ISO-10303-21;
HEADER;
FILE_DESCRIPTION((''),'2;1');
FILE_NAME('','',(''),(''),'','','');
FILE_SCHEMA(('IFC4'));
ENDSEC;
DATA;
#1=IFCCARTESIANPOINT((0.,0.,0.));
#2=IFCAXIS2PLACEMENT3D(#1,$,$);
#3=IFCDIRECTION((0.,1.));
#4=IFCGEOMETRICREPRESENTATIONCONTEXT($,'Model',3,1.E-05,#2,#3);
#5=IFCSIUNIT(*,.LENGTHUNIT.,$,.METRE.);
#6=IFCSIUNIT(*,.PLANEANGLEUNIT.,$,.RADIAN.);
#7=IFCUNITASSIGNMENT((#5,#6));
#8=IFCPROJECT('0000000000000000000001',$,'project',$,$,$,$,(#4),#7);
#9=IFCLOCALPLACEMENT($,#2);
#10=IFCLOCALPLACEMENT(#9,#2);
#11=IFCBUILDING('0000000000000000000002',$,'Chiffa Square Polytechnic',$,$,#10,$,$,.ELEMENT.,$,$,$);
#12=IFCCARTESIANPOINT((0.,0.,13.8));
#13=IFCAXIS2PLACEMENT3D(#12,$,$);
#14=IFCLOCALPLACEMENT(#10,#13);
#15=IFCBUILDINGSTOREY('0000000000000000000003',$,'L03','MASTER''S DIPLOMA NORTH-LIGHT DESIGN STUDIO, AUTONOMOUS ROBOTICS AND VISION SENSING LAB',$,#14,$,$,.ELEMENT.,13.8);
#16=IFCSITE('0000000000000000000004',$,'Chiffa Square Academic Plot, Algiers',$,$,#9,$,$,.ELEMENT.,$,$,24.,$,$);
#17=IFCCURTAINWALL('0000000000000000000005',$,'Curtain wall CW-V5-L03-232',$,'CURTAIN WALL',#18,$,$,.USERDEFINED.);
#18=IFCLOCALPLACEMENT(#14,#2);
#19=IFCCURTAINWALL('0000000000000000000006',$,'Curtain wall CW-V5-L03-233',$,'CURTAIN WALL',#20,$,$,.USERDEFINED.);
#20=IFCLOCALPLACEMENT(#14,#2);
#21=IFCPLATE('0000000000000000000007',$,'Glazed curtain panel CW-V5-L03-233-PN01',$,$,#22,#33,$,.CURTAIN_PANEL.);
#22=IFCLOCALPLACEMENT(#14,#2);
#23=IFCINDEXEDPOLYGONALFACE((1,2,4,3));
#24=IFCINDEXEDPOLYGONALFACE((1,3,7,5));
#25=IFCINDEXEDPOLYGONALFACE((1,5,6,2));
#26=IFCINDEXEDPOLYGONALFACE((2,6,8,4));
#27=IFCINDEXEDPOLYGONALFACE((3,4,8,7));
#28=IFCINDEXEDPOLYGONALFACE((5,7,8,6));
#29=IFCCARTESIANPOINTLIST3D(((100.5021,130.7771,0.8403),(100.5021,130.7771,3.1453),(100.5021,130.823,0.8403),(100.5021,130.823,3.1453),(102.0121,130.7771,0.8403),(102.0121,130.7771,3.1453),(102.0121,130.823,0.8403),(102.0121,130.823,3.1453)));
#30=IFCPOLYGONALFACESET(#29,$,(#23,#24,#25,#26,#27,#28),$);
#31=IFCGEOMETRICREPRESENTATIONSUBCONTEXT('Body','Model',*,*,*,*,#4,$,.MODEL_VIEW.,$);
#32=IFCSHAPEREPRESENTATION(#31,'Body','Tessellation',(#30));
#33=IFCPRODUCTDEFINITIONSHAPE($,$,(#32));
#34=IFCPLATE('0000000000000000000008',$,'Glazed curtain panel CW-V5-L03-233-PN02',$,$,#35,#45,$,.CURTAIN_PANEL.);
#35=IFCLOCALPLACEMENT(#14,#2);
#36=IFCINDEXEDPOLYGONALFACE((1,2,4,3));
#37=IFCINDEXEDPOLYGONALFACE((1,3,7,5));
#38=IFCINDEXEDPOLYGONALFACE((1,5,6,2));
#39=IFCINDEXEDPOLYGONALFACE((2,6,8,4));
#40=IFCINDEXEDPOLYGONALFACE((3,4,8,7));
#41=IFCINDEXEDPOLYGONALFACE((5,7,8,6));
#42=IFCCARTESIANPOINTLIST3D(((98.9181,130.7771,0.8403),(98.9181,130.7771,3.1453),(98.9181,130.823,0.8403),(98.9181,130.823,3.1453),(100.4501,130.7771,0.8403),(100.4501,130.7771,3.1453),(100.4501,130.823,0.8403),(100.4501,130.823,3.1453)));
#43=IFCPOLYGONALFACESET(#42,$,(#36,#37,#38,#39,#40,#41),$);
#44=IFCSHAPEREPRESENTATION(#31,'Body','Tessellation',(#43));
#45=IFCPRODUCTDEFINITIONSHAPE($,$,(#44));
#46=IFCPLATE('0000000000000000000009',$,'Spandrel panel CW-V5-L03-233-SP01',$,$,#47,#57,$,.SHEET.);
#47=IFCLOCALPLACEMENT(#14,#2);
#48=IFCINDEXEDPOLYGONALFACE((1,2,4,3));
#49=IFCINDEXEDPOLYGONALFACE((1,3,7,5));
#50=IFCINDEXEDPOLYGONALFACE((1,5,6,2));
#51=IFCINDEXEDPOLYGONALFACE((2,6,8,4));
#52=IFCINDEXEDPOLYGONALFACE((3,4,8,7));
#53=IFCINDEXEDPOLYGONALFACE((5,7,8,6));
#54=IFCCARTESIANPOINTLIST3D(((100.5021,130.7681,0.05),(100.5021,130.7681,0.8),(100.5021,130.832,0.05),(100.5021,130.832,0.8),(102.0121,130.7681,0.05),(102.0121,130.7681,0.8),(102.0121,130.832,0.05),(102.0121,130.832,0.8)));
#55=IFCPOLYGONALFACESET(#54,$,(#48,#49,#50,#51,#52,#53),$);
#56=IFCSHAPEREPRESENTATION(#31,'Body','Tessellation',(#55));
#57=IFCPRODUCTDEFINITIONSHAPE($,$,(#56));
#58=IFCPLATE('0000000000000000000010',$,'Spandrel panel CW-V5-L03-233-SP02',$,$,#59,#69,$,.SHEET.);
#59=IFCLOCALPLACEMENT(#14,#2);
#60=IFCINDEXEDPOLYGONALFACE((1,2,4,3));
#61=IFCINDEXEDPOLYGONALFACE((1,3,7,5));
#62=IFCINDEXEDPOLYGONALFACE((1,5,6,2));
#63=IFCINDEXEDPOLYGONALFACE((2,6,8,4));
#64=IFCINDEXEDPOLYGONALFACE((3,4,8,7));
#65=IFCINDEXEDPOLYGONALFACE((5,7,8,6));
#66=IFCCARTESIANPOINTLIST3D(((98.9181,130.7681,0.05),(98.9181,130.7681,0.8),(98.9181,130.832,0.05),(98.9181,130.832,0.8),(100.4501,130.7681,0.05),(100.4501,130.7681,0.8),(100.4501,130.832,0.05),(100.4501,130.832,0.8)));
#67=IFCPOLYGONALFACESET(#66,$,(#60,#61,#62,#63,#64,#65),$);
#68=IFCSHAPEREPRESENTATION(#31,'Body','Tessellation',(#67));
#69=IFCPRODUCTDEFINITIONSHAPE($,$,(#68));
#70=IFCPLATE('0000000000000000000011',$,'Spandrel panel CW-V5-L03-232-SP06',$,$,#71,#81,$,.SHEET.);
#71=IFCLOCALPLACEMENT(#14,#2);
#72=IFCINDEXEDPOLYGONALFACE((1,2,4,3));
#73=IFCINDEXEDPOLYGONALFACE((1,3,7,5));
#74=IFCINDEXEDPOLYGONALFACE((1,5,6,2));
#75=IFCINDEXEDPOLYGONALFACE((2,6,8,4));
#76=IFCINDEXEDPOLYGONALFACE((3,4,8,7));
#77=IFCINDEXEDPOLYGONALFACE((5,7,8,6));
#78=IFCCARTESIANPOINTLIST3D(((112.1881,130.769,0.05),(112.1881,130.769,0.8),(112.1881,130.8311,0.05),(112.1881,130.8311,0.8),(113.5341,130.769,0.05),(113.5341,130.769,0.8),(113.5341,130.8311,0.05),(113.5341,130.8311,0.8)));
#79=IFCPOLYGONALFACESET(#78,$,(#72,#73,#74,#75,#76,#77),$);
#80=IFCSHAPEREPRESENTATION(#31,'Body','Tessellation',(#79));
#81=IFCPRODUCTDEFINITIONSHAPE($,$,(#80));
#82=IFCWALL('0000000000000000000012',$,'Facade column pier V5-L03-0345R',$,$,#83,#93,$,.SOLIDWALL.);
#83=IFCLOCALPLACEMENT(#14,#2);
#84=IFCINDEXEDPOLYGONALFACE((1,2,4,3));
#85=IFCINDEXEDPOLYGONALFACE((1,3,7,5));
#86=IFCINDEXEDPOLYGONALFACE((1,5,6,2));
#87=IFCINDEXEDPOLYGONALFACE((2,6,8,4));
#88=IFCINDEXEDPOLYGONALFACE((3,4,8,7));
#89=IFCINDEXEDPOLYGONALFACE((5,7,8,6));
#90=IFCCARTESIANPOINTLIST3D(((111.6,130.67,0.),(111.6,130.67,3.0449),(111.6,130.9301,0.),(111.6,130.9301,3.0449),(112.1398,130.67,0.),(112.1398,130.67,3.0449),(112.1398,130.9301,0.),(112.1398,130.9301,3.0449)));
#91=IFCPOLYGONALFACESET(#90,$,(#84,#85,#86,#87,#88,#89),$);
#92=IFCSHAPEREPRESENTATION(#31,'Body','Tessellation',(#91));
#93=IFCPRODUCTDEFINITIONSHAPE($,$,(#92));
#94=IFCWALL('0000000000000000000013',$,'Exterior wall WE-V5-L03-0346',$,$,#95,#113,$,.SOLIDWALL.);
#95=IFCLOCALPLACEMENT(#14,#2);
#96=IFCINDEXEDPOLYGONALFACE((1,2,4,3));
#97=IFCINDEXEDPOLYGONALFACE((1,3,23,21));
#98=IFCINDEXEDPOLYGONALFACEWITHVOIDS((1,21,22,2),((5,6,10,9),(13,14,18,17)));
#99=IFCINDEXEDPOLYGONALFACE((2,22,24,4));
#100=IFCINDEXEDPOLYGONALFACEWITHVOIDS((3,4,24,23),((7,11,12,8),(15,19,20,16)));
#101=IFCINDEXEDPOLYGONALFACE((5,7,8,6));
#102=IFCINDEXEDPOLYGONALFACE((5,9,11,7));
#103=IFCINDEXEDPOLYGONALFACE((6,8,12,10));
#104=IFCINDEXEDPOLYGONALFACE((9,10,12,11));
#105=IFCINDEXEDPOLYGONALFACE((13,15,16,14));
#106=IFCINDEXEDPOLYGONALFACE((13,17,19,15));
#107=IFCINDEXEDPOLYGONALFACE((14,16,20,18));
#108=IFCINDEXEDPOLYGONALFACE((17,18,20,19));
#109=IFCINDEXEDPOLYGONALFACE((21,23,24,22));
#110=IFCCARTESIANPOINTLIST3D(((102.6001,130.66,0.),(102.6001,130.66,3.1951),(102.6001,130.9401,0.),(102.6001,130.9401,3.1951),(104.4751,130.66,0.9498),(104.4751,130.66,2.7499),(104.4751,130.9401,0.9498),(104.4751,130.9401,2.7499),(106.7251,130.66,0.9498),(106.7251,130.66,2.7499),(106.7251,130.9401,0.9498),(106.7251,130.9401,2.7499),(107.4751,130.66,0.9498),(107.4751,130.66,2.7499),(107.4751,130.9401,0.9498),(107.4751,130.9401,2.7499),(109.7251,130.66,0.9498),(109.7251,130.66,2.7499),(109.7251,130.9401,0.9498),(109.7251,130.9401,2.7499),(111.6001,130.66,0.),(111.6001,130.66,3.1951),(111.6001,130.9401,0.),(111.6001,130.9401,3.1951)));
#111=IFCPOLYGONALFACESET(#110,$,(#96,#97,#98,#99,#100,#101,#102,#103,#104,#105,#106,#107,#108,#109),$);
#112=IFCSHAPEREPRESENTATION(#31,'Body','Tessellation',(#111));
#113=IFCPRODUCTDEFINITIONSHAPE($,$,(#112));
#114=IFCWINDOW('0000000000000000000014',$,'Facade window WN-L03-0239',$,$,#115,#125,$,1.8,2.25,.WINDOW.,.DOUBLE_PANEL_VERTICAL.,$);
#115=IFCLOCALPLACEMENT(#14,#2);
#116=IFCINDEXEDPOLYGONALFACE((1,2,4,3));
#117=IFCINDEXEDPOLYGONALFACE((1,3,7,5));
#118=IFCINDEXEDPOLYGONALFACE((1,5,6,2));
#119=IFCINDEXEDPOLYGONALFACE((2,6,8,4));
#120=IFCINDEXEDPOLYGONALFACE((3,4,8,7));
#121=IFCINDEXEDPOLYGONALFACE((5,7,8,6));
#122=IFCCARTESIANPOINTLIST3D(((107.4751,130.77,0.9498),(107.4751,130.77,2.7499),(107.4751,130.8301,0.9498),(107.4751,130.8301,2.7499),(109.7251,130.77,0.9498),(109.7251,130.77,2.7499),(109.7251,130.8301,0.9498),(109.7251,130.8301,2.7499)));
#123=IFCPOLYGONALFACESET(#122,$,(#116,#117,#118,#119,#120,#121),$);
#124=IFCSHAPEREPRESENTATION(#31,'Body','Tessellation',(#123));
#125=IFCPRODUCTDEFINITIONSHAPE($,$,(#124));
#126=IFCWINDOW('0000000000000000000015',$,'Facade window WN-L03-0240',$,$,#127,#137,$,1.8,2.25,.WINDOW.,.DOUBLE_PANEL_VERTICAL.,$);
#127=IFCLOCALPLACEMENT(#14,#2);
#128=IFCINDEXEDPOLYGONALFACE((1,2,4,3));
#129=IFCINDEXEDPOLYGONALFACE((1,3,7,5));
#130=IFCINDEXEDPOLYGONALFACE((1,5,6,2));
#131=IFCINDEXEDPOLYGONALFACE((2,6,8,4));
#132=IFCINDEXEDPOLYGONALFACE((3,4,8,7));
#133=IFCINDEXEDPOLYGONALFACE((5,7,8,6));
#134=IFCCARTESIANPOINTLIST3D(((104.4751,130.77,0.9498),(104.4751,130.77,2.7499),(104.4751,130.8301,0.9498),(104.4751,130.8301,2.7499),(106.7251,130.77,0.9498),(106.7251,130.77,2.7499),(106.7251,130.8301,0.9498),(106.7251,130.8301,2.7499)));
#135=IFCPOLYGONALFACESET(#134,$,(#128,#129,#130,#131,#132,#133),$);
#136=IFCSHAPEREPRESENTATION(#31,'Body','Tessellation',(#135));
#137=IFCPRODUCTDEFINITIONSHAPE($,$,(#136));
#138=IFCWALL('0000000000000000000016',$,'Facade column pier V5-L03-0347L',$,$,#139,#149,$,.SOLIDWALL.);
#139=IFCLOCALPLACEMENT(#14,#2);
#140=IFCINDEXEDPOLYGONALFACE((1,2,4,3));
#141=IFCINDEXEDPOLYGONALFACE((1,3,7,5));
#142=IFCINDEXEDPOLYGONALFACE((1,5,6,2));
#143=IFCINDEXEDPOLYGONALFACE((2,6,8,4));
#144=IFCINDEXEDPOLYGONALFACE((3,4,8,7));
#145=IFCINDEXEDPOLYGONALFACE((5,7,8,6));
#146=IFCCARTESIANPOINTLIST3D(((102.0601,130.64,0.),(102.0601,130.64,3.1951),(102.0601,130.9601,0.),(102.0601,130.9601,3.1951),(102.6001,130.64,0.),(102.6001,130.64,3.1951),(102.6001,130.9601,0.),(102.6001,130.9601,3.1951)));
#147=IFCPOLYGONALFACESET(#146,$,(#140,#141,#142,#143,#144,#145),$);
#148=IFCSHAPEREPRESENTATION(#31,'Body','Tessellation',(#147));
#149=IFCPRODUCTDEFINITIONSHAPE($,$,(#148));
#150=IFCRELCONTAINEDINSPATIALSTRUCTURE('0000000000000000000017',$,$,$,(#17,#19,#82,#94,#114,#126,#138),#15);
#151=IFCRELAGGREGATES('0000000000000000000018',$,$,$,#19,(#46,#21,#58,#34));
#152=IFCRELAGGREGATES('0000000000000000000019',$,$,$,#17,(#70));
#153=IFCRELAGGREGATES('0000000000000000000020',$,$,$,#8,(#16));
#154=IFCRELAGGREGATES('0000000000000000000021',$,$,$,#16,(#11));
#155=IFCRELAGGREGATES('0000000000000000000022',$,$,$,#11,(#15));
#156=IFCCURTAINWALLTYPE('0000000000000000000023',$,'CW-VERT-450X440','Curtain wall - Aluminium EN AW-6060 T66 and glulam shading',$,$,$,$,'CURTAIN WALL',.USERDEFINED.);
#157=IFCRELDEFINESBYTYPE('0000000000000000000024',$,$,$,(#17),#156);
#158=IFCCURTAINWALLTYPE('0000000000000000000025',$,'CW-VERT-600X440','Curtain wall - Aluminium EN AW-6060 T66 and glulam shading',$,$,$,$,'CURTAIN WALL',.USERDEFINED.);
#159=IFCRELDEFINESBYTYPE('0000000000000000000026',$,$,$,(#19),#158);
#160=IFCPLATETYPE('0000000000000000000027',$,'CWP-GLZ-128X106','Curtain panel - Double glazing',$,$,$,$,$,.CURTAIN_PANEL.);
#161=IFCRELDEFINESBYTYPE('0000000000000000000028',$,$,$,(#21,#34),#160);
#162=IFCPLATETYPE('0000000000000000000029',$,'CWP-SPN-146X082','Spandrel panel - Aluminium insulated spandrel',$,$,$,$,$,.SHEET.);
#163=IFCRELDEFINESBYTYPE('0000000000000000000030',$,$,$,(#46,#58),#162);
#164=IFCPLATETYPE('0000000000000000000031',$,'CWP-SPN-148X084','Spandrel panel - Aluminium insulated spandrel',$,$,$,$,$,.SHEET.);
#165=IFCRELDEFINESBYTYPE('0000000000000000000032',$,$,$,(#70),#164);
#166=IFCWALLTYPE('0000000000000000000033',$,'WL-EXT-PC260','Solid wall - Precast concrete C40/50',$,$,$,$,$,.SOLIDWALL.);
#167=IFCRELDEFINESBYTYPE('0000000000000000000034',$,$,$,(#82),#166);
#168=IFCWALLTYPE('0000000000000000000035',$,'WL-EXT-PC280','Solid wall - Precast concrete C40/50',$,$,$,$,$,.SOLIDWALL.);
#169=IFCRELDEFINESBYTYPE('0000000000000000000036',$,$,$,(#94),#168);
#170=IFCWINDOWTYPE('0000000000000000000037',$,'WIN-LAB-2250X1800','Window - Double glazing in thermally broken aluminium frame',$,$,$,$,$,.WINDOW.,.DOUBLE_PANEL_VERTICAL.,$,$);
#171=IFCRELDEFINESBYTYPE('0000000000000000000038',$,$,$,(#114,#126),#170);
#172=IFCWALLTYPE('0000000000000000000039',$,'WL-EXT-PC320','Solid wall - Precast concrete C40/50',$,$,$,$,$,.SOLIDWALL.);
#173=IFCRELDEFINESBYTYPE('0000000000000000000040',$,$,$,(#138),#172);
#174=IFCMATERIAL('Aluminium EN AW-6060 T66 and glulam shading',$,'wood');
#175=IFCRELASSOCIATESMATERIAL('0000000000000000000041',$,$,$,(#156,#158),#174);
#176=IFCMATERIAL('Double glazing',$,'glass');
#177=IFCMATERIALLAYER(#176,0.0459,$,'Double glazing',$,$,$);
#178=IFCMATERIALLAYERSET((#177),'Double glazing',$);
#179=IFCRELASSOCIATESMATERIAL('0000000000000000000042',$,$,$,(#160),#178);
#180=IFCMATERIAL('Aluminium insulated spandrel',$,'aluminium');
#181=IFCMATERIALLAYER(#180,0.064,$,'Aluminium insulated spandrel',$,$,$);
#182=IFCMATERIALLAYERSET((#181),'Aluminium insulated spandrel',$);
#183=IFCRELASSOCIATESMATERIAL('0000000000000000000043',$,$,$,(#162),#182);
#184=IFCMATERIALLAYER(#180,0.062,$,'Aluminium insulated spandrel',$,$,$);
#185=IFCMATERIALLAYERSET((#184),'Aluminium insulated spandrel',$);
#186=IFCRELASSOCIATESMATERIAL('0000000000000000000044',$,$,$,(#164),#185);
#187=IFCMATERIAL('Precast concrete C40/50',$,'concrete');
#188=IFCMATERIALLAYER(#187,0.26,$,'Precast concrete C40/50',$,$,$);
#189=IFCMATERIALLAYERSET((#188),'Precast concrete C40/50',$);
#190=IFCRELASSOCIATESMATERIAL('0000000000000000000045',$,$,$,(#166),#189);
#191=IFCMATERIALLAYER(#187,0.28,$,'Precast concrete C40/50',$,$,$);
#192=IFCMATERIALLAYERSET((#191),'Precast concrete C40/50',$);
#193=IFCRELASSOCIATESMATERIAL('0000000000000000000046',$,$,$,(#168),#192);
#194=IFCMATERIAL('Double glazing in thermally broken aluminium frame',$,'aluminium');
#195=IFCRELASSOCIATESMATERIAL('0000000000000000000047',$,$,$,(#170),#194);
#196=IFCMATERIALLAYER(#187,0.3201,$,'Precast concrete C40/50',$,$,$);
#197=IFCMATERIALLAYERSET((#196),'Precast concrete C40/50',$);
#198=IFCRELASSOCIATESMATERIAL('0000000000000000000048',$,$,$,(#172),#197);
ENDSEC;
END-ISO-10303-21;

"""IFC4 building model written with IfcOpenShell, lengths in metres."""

from ifc_helpers import new_model, si_unit, direction, frame, frame_2d, origin, origin_2d, place, context, subcontext, project, spatial, rectangle, extrude, material, layer, layer_set, type_object, element, fill, aggregate, save


model = new_model("IFC4")

# Units and contexts
model_context = context("Model", 3, precision=1e-05, world=origin(), true_north=direction((0.0, 1.0)))
body_context = subcontext(model_context, "Body", "Model", "MODEL_VIEW")
ifc_project = project(units=[si_unit("LENGTHUNIT", "METRE"), si_unit("PLANEANGLEUNIT", "RADIAN")], contexts=[model_context])

# Site, building, storey
site_placement = place(None, origin())
site = spatial("IfcSite", under=ifc_project, at=site_placement, Name="Chiffa Square Academic Plot, Algiers", CompositionType="ELEMENT", RefElevation=24.0)
building_placement = place(site_placement, origin())
building = spatial("IfcBuilding", under=site, at=building_placement, Name="Chiffa Square Polytechnic", CompositionType="ELEMENT")
storey_placement = place(building_placement, frame((0.0, 0.0, 13.8)))
storey = spatial("IfcBuildingStorey", under=building, at=storey_placement, Name="L03", Description="MASTER'S DIPLOMA NORTH-LIGHT DESIGN STUDIO, AUTONOMOUS ROBOTICS AND VISION SENSING LAB", CompositionType="ELEMENT", Elevation=13.8)

# Curtain wall
ifc_material_1 = material(Name="Aluminium EN AW-6060 T66 and glulam shading", Category="wood")
curtain_wall_type_1 = type_object("IfcCurtainWallType", Name="CW-VERT-450X440", Description="Curtain wall - Aluminium EN AW-6060 T66 and glulam shading", ElementType="CURTAIN WALL", PredefinedType="USERDEFINED", material=ifc_material_1)
curtain_wall_1_placement = place(storey_placement, origin())
curtain_wall_1 = element("IfcCurtainWall", 1, at=curtain_wall_1_placement, inside=storey, type_object=curtain_wall_type_1, Name="Curtain wall CW-V5-L03-232", ObjectType="CURTAIN WALL", PredefinedType="USERDEFINED")

# Curtain wall
curtain_wall_type_2 = type_object("IfcCurtainWallType", Name="CW-VERT-600X440", Description="Curtain wall - Aluminium EN AW-6060 T66 and glulam shading", ElementType="CURTAIN WALL", PredefinedType="USERDEFINED", material=ifc_material_1)
curtain_wall_2_placement = place(storey_placement, origin())
curtain_wall_2 = element("IfcCurtainWall", 2, at=curtain_wall_2_placement, inside=storey, type_object=curtain_wall_type_2, Name="Curtain wall CW-V5-L03-233", ObjectType="CURTAIN WALL", PredefinedType="USERDEFINED")

# Plates
ifc_material_2 = material(Name="Double glazing", Category="glass")
ifc_layer_1 = layer(ifc_material_2, 0.0459, Name="Double glazing")
ifc_layer_set_1 = layer_set([ifc_layer_1], Name="Double glazing")
plate_type_1 = type_object("IfcPlateType", Name="CWP-GLZ-128X106", Description="Curtain panel - Double glazing", PredefinedType="CURTAIN_PANEL", material=ifc_layer_set_1)
plate_1_placement = place(storey_placement, frame((101.2571, 130.8, 0.8403), z_axis=(0.0, 0.0, 1.0), x_axis=(-1.0, 0.0, 0.0)))
plate_1 = element("IfcPlate", 3, at=plate_1_placement, type_object=plate_type_1, Name="Glazed curtain panel CW-V5-L03-233-PN01", PredefinedType="CURTAIN_PANEL", context=body_context, shape_type="SweptSolid", body=[
    extrude(rectangle(XDim=1.51, YDim=0.0459, at=origin_2d()), origin(), (0.0, 0.0, 1.0), 2.3049),
])
plate_2_placement = place(storey_placement, frame((99.6841, 130.8, 0.8403), z_axis=(0.0, 0.0, 1.0), x_axis=(-1.0, 0.0, 0.0)))
plate_2 = element("IfcPlate", 4, at=plate_2_placement, type_object=plate_type_1, Name="Glazed curtain panel CW-V5-L03-233-PN02", PredefinedType="CURTAIN_PANEL", context=body_context, shape_type="SweptSolid", body=[
    extrude(rectangle(XDim=1.532, YDim=0.0459, at=origin_2d()), origin(), (0.0, 0.0, 1.0), 2.3049),
])
ifc_material_3 = material(Name="Aluminium insulated spandrel", Category="aluminium")
ifc_layer_2 = layer(ifc_material_3, 0.064, Name="Aluminium insulated spandrel")
ifc_layer_set_2 = layer_set([ifc_layer_2], Name="Aluminium insulated spandrel")
plate_type_2 = type_object("IfcPlateType", Name="CWP-SPN-146X082", Description="Spandrel panel - Aluminium insulated spandrel", PredefinedType="SHEET", material=ifc_layer_set_2)
plate_3_placement = place(storey_placement, frame((101.2571, 130.8, 0.05), z_axis=(0.0, 0.0, 1.0), x_axis=(-1.0, 0.0, 0.0)))
plate_3 = element("IfcPlate", 5, at=plate_3_placement, type_object=plate_type_2, Name="Spandrel panel CW-V5-L03-233-SP01", PredefinedType="SHEET", context=body_context, shape_type="SweptSolid", body=[
    extrude(rectangle(XDim=1.51, YDim=0.064, at=origin_2d()), origin(), (0.0, 0.0, 1.0), 0.75),
])
plate_4_placement = place(storey_placement, frame((99.6841, 130.8, 0.05), z_axis=(0.0, 0.0, 1.0), x_axis=(-1.0, 0.0, 0.0)))
plate_4 = element("IfcPlate", 6, at=plate_4_placement, type_object=plate_type_2, Name="Spandrel panel CW-V5-L03-233-SP02", PredefinedType="SHEET", context=body_context, shape_type="SweptSolid", body=[
    extrude(rectangle(XDim=1.532, YDim=0.064, at=origin_2d()), origin(), (0.0, 0.0, 1.0), 0.75),
])
aggregate(curtain_wall_2, [plate_3, plate_1, plate_4, plate_2])
ifc_layer_3 = layer(ifc_material_3, 0.062, Name="Aluminium insulated spandrel")
ifc_layer_set_3 = layer_set([ifc_layer_3], Name="Aluminium insulated spandrel")
plate_type_3 = type_object("IfcPlateType", Name="CWP-SPN-148X084", Description="Spandrel panel - Aluminium insulated spandrel", PredefinedType="SHEET", material=ifc_layer_set_3)
plate_5_placement = place(storey_placement, frame((112.8611, 130.8, 0.05), z_axis=(0.0, 0.0, 1.0), x_axis=(-1.0, 0.0, 0.0)))
plate_5 = element("IfcPlate", 7, at=plate_5_placement, type_object=plate_type_3, Name="Spandrel panel CW-V5-L03-232-SP06", PredefinedType="SHEET", context=body_context, shape_type="SweptSolid", body=[
    extrude(rectangle(XDim=1.3459, YDim=0.062, at=origin_2d()), origin(), (0.0, 0.0, 1.0), 0.75),
])
aggregate(curtain_wall_1, [plate_5])

# Wall
ifc_material_4 = material(Name="Precast concrete C40/50", Category="concrete")
ifc_layer_4 = layer(ifc_material_4, 0.26, Name="Precast concrete C40/50")
ifc_layer_set_4 = layer_set([ifc_layer_4], Name="Precast concrete C40/50")
wall_type_1 = type_object("IfcWallType", Name="WL-EXT-PC260", Description="Solid wall - Precast concrete C40/50", PredefinedType="SOLIDWALL", material=ifc_layer_set_4)
wall_1_placement = place(storey_placement, frame((112.1399, 130.8, 0.0), z_axis=(0.0, 0.0, 1.0), x_axis=(-1.0, 0.0, 0.0)))
element("IfcWall", 8, at=wall_1_placement, inside=storey, type_object=wall_type_1, Name="Facade column pier V5-L03-0345R", PredefinedType="SOLIDWALL", context=body_context, shape_type="SweptSolid", body=[
    extrude(rectangle(XDim=0.5398, YDim=0.26, at=frame_2d((0.27, 0.0))), origin(), (0.0, 0.0, 1.0), 3.0449),
])

# Wall, openings, windows
ifc_layer_5 = layer(ifc_material_4, 0.28, Name="Precast concrete C40/50")
ifc_layer_set_5 = layer_set([ifc_layer_5], Name="Precast concrete C40/50")
wall_type_2 = type_object("IfcWallType", Name="WL-EXT-PC280", Description="Solid wall - Precast concrete C40/50", PredefinedType="SOLIDWALL", material=ifc_layer_set_5)
wall_2_placement = place(storey_placement, frame((111.6001, 130.8, 0.0), z_axis=(0.0, 0.0, 1.0), x_axis=(-1.0, 0.0, 0.0)))
wall_2 = element("IfcWall", 9, at=wall_2_placement, inside=storey, type_object=wall_type_2, Name="Exterior wall WE-V5-L03-0346", PredefinedType="SOLIDWALL", context=body_context, shape_type="SweptSolid", body=[
    extrude(rectangle(XDim=9.0, YDim=0.28, at=frame_2d((4.5, 0.0))), origin(), (0.0, 0.0, 1.0), 3.1951),
])
opening_1_placement = place(wall_2_placement, frame((1.875, 0.0, 0.95)))
opening_1 = element("IfcOpeningElement", 10, at=opening_1_placement, cuts=wall_2, PredefinedType="OPENING", context=body_context, shape_type="SweptSolid", body=[
    extrude(rectangle(XDim=2.25, YDim=1.8, at=frame_2d((1.125, 0.8999))), frame((0.0, 0.1499, 0.0), z_axis=(0.0, -1.0, 0.0), x_axis=(1.0, 0.0, 0.0)), (0.0, 0.0, 1.0), 0.3),
])
opening_2_placement = place(wall_2_placement, frame((4.875, 0.0, 0.95)))
opening_2 = element("IfcOpeningElement", 11, at=opening_2_placement, cuts=wall_2, PredefinedType="OPENING", context=body_context, shape_type="SweptSolid", body=[
    extrude(rectangle(XDim=2.25, YDim=1.8, at=frame_2d((1.125, 0.8999))), frame((0.0, 0.1499, 0.0), z_axis=(0.0, -1.0, 0.0), x_axis=(1.0, 0.0, 0.0)), (0.0, 0.0, 1.0), 0.3),
])
ifc_material_5 = material(Name="Double glazing in thermally broken aluminium frame", Category="aluminium")
window_type = type_object("IfcWindowType", Name="WIN-LAB-2250X1800", Description="Window - Double glazing in thermally broken aluminium frame", PartitioningType="DOUBLE_PANEL_VERTICAL", PredefinedType="WINDOW", material=ifc_material_5)
window_1_placement = place(opening_1_placement, origin())
window_1 = element("IfcWindow", 12, at=window_1_placement, inside=storey, type_object=window_type, Name="Facade window WN-L03-0239", OverallHeight=1.8, OverallWidth=2.25, PartitioningType="DOUBLE_PANEL_VERTICAL", PredefinedType="WINDOW", context=body_context, shape_type="SweptSolid", body=[
    extrude(rectangle(XDim=2.25, YDim=1.8, at=frame_2d((1.125, 0.8999))), frame((0.0, 0.03, 0.0), z_axis=(0.0, -1.0, 0.0), x_axis=(1.0, 0.0, 0.0)), (0.0, 0.0, 1.0), 0.0601),
])
fill(opening_1, window_1)
window_2_placement = place(opening_2_placement, origin())
window_2 = element("IfcWindow", 13, at=window_2_placement, inside=storey, type_object=window_type, Name="Facade window WN-L03-0240", OverallHeight=1.8, OverallWidth=2.25, PartitioningType="DOUBLE_PANEL_VERTICAL", PredefinedType="WINDOW", context=body_context, shape_type="SweptSolid", body=[
    extrude(rectangle(XDim=2.25, YDim=1.8, at=frame_2d((1.125, 0.8999))), frame((0.0, 0.03, 0.0), z_axis=(0.0, -1.0, 0.0), x_axis=(1.0, 0.0, 0.0)), (0.0, 0.0, 1.0), 0.0601),
])
fill(opening_2, window_2)

# Wall
ifc_layer_6 = layer(ifc_material_4, 0.3201, Name="Precast concrete C40/50")
ifc_layer_set_6 = layer_set([ifc_layer_6], Name="Precast concrete C40/50")
wall_type_3 = type_object("IfcWallType", Name="WL-EXT-PC320", Description="Solid wall - Precast concrete C40/50", PredefinedType="SOLIDWALL", material=ifc_layer_set_6)
wall_3_placement = place(storey_placement, frame((102.6001, 130.8, 0.0), z_axis=(0.0, 0.0, 1.0), x_axis=(-1.0, 0.0, 0.0)))
element("IfcWall", 14, at=wall_3_placement, inside=storey, type_object=wall_type_3, Name="Facade column pier V5-L03-0347L", PredefinedType="SOLIDWALL", context=body_context, shape_type="SweptSolid", body=[
    extrude(rectangle(XDim=0.54, YDim=0.3201, at=frame_2d((0.27, 0.0))), origin(), (0.0, 0.0, 1.0), 3.1951),
])

save(model, "model.ifc")
